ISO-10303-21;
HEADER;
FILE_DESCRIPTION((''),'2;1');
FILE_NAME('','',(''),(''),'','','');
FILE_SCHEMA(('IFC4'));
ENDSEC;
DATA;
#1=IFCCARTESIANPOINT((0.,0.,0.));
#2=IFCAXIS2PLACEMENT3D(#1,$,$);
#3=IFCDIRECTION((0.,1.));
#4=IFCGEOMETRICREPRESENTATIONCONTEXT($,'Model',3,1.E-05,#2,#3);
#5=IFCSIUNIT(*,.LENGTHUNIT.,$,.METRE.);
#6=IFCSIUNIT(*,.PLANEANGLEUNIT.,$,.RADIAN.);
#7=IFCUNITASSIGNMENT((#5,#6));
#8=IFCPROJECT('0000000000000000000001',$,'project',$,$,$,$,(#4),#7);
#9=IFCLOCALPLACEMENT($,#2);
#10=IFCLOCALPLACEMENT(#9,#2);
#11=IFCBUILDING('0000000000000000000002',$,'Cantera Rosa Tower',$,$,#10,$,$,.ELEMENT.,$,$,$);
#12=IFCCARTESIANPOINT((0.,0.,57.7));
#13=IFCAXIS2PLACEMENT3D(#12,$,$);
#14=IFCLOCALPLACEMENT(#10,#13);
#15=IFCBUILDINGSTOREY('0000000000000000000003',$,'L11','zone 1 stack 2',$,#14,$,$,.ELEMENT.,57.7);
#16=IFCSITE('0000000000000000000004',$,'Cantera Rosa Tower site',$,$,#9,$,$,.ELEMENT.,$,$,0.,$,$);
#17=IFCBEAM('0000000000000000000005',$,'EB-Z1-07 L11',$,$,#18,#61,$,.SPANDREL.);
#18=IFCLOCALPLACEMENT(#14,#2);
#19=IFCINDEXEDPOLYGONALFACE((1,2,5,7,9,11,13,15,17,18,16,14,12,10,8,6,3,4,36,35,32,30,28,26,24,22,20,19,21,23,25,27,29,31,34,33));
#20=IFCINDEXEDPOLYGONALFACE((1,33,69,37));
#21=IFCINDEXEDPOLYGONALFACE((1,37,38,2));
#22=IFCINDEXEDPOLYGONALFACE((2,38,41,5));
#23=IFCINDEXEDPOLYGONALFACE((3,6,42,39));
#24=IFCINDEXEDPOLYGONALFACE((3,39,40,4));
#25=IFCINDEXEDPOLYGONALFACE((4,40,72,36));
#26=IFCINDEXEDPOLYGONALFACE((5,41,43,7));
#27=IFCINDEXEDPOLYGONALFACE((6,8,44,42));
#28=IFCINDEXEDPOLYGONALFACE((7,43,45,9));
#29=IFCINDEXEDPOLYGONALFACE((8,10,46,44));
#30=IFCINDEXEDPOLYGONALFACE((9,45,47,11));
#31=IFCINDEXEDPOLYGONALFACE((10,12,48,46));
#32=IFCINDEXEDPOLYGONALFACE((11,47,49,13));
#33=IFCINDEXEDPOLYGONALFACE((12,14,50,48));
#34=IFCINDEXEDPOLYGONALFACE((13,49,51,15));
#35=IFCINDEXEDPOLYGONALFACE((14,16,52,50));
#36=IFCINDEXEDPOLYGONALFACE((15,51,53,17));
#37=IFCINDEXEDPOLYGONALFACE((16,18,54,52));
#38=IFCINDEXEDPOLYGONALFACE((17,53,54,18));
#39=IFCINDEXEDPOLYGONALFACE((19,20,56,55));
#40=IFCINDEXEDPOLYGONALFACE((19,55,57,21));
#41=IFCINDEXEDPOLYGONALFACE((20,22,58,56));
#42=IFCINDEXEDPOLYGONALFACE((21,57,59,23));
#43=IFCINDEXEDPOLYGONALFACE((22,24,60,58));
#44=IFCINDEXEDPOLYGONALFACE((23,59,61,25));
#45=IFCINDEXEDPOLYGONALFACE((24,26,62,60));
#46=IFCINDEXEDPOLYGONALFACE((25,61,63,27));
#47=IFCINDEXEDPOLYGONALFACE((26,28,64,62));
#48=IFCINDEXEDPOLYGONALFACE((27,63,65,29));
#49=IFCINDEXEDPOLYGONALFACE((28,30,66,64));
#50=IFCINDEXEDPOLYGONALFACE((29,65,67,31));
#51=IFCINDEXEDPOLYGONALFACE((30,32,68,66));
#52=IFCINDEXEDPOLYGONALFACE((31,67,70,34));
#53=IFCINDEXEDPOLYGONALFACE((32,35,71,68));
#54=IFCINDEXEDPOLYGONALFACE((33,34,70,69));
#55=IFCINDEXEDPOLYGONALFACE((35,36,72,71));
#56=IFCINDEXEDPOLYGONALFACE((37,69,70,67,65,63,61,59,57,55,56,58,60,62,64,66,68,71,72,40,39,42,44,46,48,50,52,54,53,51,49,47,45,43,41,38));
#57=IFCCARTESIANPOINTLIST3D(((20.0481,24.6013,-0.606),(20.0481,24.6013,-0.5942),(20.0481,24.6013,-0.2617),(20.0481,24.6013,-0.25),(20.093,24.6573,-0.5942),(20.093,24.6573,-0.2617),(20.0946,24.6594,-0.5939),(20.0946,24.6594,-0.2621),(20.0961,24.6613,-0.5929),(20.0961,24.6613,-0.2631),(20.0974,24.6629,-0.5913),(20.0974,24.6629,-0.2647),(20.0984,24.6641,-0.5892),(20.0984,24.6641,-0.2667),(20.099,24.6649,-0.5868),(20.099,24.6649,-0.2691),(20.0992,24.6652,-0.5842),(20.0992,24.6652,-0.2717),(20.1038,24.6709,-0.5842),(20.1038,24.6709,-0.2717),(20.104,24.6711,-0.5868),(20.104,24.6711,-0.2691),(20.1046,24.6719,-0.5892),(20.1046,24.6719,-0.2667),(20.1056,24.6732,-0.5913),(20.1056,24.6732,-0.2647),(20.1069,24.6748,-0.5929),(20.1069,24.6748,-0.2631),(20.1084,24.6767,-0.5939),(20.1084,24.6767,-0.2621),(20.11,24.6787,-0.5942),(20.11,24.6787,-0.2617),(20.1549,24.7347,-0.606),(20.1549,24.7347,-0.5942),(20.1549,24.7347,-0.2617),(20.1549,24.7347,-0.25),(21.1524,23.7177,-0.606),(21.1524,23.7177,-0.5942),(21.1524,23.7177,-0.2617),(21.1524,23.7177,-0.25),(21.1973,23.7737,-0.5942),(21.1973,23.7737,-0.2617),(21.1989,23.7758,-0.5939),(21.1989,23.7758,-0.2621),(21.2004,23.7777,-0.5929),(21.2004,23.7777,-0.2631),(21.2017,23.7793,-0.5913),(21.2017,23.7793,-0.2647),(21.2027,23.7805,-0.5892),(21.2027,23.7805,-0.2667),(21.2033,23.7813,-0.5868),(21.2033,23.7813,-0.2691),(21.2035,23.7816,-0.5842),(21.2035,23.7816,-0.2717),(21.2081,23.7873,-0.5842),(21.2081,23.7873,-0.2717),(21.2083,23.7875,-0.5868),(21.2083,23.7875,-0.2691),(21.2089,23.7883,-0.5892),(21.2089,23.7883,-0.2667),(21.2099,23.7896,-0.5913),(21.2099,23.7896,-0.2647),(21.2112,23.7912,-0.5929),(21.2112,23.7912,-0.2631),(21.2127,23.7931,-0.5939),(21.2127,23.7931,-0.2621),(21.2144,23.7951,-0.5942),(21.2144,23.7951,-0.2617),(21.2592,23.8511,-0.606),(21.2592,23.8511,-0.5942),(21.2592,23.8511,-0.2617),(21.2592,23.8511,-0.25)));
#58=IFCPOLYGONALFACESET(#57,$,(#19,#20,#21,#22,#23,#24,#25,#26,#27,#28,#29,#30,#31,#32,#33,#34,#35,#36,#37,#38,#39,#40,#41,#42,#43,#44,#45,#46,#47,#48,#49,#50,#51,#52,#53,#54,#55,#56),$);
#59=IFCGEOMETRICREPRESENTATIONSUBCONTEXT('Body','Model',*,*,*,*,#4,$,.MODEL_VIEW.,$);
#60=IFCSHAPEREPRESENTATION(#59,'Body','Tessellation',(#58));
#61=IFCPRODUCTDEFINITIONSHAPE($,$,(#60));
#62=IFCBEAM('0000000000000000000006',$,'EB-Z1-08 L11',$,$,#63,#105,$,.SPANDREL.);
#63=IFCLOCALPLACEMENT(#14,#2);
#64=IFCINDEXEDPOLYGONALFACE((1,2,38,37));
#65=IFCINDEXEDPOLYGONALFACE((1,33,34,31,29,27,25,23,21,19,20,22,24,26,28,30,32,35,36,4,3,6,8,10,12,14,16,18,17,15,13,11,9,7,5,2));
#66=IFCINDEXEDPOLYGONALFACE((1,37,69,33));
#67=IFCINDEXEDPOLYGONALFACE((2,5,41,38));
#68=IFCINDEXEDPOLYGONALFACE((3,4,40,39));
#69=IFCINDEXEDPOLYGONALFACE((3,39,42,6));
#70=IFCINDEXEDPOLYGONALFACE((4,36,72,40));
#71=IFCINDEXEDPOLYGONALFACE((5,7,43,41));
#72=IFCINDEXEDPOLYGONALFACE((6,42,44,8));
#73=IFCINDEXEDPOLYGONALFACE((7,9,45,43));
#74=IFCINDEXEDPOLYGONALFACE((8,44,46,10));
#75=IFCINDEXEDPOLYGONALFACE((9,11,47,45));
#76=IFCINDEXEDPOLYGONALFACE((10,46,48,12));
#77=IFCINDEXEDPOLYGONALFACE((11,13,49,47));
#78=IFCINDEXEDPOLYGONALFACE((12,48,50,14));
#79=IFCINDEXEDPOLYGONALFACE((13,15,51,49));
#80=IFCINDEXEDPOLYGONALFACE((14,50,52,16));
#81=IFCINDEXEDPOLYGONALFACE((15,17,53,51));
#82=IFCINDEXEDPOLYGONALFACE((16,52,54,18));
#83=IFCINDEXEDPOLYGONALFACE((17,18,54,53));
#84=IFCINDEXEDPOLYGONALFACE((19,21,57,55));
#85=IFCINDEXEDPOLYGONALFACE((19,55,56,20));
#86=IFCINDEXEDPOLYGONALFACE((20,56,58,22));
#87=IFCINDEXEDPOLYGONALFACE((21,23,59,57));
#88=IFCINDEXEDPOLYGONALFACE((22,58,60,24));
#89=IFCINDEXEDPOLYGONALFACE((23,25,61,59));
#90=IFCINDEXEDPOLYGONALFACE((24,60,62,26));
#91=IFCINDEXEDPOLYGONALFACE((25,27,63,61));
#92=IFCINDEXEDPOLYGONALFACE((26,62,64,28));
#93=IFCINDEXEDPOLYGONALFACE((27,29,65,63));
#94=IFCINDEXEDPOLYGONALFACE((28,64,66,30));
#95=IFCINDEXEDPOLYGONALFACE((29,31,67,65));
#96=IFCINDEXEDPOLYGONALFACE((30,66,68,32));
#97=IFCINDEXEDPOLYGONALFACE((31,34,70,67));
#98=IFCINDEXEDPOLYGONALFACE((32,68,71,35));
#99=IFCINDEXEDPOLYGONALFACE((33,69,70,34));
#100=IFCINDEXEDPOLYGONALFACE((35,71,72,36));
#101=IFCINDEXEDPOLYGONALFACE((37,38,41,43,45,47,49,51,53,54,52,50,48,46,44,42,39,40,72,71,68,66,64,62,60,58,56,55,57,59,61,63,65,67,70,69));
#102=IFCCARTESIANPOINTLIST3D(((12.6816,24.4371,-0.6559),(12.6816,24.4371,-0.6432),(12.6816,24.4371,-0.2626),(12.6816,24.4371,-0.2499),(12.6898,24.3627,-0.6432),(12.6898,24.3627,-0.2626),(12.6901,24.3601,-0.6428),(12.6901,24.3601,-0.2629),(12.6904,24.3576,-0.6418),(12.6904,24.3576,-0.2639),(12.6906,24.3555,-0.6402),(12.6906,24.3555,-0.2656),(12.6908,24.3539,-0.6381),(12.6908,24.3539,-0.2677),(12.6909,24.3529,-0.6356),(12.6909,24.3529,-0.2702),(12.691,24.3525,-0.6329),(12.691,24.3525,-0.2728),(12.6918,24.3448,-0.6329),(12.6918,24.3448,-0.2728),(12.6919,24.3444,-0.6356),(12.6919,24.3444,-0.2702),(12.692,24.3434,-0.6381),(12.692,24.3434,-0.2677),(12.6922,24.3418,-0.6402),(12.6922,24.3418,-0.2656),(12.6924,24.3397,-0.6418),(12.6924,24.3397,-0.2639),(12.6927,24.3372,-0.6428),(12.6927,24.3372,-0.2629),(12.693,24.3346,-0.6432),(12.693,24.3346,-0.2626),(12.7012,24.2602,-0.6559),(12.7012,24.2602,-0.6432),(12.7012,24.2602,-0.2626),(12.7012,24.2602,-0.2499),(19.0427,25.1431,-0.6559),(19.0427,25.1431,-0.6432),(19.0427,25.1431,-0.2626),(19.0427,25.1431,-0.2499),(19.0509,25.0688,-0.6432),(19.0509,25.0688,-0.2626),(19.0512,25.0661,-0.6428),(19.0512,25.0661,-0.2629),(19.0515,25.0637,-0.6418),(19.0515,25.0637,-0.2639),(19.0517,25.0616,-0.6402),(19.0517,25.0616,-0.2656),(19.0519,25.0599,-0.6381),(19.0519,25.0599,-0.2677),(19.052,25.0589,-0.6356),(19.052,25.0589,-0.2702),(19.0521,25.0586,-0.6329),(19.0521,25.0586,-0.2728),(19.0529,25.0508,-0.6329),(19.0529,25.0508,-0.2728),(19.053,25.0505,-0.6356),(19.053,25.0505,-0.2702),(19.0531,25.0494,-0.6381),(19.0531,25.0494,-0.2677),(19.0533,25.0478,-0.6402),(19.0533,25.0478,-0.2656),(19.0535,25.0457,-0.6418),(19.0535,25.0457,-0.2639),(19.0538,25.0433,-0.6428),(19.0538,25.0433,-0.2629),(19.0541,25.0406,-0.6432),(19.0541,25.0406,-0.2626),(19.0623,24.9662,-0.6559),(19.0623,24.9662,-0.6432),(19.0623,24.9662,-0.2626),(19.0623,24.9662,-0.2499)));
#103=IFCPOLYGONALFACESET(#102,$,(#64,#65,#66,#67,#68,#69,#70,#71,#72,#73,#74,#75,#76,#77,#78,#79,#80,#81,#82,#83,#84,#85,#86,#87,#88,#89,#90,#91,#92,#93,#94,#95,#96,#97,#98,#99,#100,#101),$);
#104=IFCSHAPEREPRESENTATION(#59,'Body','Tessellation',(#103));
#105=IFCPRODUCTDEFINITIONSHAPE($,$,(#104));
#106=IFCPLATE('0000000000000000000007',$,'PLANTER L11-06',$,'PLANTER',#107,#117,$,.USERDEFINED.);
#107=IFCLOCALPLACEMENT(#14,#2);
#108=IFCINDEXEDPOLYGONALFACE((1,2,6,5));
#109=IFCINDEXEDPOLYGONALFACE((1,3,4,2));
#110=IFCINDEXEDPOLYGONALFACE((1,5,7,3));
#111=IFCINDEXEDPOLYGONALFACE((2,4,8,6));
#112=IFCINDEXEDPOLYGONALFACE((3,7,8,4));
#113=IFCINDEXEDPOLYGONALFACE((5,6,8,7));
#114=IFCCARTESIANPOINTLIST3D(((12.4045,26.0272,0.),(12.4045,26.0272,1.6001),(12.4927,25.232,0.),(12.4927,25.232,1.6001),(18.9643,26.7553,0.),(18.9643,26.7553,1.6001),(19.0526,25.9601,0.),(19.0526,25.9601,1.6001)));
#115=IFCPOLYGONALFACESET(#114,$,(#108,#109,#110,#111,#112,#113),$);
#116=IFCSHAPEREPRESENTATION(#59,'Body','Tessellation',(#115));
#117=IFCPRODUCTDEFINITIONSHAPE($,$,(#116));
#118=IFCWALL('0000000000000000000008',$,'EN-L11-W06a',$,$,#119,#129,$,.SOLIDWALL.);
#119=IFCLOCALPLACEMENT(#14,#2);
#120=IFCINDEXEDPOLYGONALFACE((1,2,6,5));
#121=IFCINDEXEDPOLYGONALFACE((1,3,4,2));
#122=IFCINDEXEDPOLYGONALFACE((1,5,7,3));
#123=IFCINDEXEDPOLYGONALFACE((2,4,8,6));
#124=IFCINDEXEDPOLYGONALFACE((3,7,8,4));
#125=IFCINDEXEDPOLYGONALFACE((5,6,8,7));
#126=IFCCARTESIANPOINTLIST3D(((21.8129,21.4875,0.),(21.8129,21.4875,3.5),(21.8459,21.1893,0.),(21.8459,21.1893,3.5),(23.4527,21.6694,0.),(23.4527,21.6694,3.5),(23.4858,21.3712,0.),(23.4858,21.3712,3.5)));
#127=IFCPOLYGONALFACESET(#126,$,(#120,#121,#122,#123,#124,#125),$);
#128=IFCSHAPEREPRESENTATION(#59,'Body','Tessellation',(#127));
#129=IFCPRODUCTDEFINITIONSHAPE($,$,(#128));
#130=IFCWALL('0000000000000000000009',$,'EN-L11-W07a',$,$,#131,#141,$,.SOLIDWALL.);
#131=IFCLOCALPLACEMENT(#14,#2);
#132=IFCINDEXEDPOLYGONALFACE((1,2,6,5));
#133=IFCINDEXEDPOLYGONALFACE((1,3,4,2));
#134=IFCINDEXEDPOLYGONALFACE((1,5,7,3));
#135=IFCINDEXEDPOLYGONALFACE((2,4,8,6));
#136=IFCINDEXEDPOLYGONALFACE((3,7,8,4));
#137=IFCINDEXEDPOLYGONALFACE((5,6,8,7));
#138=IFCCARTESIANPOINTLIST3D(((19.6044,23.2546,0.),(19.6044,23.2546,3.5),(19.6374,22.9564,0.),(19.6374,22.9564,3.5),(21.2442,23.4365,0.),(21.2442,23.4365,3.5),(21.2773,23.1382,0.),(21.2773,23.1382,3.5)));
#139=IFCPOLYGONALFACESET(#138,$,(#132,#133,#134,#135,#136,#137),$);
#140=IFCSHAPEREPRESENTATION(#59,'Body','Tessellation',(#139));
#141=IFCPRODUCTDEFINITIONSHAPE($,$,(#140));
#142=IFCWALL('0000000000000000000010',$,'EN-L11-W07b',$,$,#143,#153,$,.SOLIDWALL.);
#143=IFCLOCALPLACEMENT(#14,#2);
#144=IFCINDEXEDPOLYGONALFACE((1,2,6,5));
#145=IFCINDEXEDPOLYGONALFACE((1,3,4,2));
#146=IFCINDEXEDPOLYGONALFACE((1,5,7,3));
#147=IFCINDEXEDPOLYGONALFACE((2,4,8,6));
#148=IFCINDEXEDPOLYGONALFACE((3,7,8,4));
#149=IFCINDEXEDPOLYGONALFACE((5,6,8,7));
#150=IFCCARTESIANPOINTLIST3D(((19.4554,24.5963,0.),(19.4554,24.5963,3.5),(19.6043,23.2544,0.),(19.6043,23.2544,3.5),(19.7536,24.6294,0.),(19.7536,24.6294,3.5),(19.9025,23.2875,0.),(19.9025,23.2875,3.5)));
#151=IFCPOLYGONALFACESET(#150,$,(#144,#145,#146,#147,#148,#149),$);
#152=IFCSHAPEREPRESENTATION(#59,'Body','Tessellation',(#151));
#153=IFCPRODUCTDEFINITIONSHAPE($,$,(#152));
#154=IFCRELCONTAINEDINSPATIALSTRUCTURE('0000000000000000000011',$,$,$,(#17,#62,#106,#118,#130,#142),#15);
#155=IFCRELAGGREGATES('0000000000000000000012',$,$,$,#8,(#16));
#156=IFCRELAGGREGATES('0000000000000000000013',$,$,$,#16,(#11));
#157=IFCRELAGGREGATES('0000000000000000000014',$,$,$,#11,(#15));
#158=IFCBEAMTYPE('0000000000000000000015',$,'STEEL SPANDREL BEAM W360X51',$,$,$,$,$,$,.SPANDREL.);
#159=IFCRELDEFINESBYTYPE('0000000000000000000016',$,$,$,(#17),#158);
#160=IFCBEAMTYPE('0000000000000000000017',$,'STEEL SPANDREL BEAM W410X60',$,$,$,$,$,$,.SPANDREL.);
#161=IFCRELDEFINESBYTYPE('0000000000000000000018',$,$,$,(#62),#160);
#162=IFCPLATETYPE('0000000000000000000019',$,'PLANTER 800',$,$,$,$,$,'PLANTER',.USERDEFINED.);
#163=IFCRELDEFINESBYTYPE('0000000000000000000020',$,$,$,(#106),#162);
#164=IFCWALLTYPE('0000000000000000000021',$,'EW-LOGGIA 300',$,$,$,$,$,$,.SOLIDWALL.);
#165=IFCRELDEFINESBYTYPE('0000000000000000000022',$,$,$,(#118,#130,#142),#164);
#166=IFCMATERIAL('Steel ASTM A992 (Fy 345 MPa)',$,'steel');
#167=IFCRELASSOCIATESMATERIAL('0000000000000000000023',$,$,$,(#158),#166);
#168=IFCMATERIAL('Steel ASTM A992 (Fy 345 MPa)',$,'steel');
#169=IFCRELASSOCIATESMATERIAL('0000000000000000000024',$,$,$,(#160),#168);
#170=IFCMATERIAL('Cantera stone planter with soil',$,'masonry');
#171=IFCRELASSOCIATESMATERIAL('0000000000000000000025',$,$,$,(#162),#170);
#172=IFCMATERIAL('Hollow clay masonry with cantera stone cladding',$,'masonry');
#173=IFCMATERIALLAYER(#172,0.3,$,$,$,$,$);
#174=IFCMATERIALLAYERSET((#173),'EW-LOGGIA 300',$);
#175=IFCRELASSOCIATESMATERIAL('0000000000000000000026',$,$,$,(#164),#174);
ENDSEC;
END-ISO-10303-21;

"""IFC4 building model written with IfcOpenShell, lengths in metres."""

from ifc_helpers import new_model, si_unit, direction, frame, frame_2d, origin, origin_2d, place, context, subcontext, project, spatial, rectangle, i_section, extrude, material, layer, layer_set, material_profile, profile_set, type_object, element, save


model = new_model("IFC4")

# Units and contexts
model_context = context("Model", 3, precision=1e-05, world=origin(), true_north=direction((0.0, 1.0)))
body_context = subcontext(model_context, "Body", "Model", "MODEL_VIEW")
ifc_project = project(units=[si_unit("LENGTHUNIT", "METRE"), si_unit("PLANEANGLEUNIT", "RADIAN")], contexts=[model_context])

# Site, building, storey
site_placement = place(None, origin())
site = spatial("IfcSite", under=ifc_project, at=site_placement, Name="Cantera Rosa Tower site", CompositionType="ELEMENT", RefElevation=0.0)
building_placement = place(site_placement, origin())
building = spatial("IfcBuilding", under=site, at=building_placement, Name="Cantera Rosa Tower", CompositionType="ELEMENT")
storey_placement = place(building_placement, frame((0.0, 0.0, 57.7)))
storey = spatial("IfcBuildingStorey", under=building, at=storey_placement, Name="L11", Description="zone 1 stack 2", CompositionType="ELEMENT", Elevation=57.7)

# Beams
ifc_material_1 = material(Name="Steel ASTM A992 (Fy 345 MPa)", Category="steel")
ifc_material_profile_1 = material_profile(ifc_material_1, i_section(OverallWidth=0.1709, OverallDepth=0.356, WebThickness=0.0073, FlangeThickness=0.0117, FilletRadius=0.01, at=origin_2d()), Name="W360X51")
ifc_profile_set_1 = profile_set([ifc_material_profile_1], Name="Steel ASTM A992 (Fy 345 MPa)")
beam_type_1 = type_object("IfcBeamType", Name="STEEL SPANDREL BEAM W360X51", PredefinedType="SPANDREL", material=ifc_profile_set_1)
for number, where, z_axis, x_axis, name in (
    (1, (21.2058, 23.7844, -0.428), (-0.780818, 0.624758, 0.0), (-0.624758, -0.780818, 0.0), "EB-Z1-07 L11"),
):
    element("IfcBeam", number, at=place(storey_placement, frame(where, z_axis=z_axis, x_axis=x_axis)), inside=storey, type_object=beam_type_1, Name=name, PredefinedType="SPANDREL", context=body_context, shape_type="SweptSolid", body=[
        extrude(i_section(OverallWidth=0.1709, OverallDepth=0.356, WebThickness=0.0073, FlangeThickness=0.0117, FilletRadius=0.01, at=origin_2d()), origin(), (0.0, 0.0, 1.0), 1.4143),
    ])
ifc_material_2 = material(Name="Steel ASTM A992 (Fy 345 MPa)", Category="steel")
ifc_material_profile_2 = material_profile(ifc_material_2, i_section(OverallWidth=0.178, OverallDepth=0.406, WebThickness=0.0078, FlangeThickness=0.0127, FilletRadius=0.0103, at=origin_2d()), Name="W410X60")
ifc_profile_set_2 = profile_set([ifc_material_profile_2], Name="Steel ASTM A992 (Fy 345 MPa)")
beam_type_2 = type_object("IfcBeamType", Name="STEEL SPANDREL BEAM W410X60", PredefinedType="SPANDREL", material=ifc_profile_set_2)
beam_1_placement = place(storey_placement, frame((19.0525, 25.0547, -0.4529), z_axis=(-0.993896, -0.110318, 0.0), x_axis=(0.110318, -0.993896, 0.0)))
element("IfcBeam", 2, at=beam_1_placement, inside=storey, type_object=beam_type_2, Name="EB-Z1-08 L11", PredefinedType="SPANDREL", context=body_context, shape_type="SweptSolid", body=[
    extrude(i_section(OverallWidth=0.178, OverallDepth=0.406, WebThickness=0.0078, FlangeThickness=0.0127, FilletRadius=0.0103, at=origin_2d()), origin(), (0.0, 0.0, 1.0), 6.4001),
])

# Plate
ifc_material_3 = material(Name="Cantera stone planter with soil", Category="masonry")
plate_type = type_object("IfcPlateType", Name="PLANTER 800", ElementType="PLANTER", PredefinedType="USERDEFINED", material=ifc_material_3)
plate_placement = place(storey_placement, frame((15.7285, 25.9937, 0.0), z_axis=(0.0, 0.0, 1.0), x_axis=(-0.993897, -0.110313, 0.0)))
element("IfcPlate", 3, at=plate_placement, inside=storey, type_object=plate_type, Name="PLANTER L11-06", ObjectType="PLANTER", PredefinedType="USERDEFINED", context=body_context, shape_type="SweptSolid", body=[
    extrude(rectangle(XDim=6.6001, YDim=0.8, at=origin_2d()), origin(), (0.0, 0.0, 1.0), 1.6001),
])

# Walls
ifc_material_4 = material(Name="Hollow clay masonry with cantera stone cladding", Category="masonry")
ifc_layer_1 = layer(ifc_material_4, 0.3)
ifc_layer_set_1 = layer_set([ifc_layer_1], Name="EW-LOGGIA 300")
wall_type_1 = type_object("IfcWallType", Name="EW-LOGGIA 300", PredefinedType="SOLIDWALL", material=ifc_layer_set_1)
for number, where, z_axis, x_axis, name in (
    (4, (23.4692, 21.5203, 0.0), (0.0, 0.0, 1.0), (-0.993905, -0.110237, 0.0), "EN-L11-W06a"),
    (5, (21.2607, 23.2874, 0.0), (0.0, 0.0, 1.0), (-0.993905, -0.110237, 0.0), "EN-L11-W07a"),
):
    element("IfcWall", number, at=place(storey_placement, frame(where, z_axis=z_axis, x_axis=x_axis)), inside=storey, type_object=wall_type_1, Name=name, PredefinedType="SOLIDWALL", context=body_context, shape_type="SweptSolid", body=[
        extrude(rectangle(XDim=1.6499, YDim=0.3, at=frame_2d((0.825, 0.0))), origin(), (0.0, 0.0, 1.0), 3.5),
    ])
wall_1_placement = place(storey_placement, frame((19.7534, 23.271, 0.0), z_axis=(0.0, 0.0, 1.0), x_axis=(-0.110312, 0.993897, 0.0)))
element("IfcWall", 6, at=wall_1_placement, inside=storey, type_object=wall_type_1, Name="EN-L11-W07b", PredefinedType="SOLIDWALL", context=body_context, shape_type="SweptSolid", body=[
    extrude(rectangle(XDim=1.3501, YDim=0.3, at=frame_2d((0.675, 0.0))), origin(), (0.0, 0.0, 1.0), 3.5),
])

save(model, "model.ifc")
